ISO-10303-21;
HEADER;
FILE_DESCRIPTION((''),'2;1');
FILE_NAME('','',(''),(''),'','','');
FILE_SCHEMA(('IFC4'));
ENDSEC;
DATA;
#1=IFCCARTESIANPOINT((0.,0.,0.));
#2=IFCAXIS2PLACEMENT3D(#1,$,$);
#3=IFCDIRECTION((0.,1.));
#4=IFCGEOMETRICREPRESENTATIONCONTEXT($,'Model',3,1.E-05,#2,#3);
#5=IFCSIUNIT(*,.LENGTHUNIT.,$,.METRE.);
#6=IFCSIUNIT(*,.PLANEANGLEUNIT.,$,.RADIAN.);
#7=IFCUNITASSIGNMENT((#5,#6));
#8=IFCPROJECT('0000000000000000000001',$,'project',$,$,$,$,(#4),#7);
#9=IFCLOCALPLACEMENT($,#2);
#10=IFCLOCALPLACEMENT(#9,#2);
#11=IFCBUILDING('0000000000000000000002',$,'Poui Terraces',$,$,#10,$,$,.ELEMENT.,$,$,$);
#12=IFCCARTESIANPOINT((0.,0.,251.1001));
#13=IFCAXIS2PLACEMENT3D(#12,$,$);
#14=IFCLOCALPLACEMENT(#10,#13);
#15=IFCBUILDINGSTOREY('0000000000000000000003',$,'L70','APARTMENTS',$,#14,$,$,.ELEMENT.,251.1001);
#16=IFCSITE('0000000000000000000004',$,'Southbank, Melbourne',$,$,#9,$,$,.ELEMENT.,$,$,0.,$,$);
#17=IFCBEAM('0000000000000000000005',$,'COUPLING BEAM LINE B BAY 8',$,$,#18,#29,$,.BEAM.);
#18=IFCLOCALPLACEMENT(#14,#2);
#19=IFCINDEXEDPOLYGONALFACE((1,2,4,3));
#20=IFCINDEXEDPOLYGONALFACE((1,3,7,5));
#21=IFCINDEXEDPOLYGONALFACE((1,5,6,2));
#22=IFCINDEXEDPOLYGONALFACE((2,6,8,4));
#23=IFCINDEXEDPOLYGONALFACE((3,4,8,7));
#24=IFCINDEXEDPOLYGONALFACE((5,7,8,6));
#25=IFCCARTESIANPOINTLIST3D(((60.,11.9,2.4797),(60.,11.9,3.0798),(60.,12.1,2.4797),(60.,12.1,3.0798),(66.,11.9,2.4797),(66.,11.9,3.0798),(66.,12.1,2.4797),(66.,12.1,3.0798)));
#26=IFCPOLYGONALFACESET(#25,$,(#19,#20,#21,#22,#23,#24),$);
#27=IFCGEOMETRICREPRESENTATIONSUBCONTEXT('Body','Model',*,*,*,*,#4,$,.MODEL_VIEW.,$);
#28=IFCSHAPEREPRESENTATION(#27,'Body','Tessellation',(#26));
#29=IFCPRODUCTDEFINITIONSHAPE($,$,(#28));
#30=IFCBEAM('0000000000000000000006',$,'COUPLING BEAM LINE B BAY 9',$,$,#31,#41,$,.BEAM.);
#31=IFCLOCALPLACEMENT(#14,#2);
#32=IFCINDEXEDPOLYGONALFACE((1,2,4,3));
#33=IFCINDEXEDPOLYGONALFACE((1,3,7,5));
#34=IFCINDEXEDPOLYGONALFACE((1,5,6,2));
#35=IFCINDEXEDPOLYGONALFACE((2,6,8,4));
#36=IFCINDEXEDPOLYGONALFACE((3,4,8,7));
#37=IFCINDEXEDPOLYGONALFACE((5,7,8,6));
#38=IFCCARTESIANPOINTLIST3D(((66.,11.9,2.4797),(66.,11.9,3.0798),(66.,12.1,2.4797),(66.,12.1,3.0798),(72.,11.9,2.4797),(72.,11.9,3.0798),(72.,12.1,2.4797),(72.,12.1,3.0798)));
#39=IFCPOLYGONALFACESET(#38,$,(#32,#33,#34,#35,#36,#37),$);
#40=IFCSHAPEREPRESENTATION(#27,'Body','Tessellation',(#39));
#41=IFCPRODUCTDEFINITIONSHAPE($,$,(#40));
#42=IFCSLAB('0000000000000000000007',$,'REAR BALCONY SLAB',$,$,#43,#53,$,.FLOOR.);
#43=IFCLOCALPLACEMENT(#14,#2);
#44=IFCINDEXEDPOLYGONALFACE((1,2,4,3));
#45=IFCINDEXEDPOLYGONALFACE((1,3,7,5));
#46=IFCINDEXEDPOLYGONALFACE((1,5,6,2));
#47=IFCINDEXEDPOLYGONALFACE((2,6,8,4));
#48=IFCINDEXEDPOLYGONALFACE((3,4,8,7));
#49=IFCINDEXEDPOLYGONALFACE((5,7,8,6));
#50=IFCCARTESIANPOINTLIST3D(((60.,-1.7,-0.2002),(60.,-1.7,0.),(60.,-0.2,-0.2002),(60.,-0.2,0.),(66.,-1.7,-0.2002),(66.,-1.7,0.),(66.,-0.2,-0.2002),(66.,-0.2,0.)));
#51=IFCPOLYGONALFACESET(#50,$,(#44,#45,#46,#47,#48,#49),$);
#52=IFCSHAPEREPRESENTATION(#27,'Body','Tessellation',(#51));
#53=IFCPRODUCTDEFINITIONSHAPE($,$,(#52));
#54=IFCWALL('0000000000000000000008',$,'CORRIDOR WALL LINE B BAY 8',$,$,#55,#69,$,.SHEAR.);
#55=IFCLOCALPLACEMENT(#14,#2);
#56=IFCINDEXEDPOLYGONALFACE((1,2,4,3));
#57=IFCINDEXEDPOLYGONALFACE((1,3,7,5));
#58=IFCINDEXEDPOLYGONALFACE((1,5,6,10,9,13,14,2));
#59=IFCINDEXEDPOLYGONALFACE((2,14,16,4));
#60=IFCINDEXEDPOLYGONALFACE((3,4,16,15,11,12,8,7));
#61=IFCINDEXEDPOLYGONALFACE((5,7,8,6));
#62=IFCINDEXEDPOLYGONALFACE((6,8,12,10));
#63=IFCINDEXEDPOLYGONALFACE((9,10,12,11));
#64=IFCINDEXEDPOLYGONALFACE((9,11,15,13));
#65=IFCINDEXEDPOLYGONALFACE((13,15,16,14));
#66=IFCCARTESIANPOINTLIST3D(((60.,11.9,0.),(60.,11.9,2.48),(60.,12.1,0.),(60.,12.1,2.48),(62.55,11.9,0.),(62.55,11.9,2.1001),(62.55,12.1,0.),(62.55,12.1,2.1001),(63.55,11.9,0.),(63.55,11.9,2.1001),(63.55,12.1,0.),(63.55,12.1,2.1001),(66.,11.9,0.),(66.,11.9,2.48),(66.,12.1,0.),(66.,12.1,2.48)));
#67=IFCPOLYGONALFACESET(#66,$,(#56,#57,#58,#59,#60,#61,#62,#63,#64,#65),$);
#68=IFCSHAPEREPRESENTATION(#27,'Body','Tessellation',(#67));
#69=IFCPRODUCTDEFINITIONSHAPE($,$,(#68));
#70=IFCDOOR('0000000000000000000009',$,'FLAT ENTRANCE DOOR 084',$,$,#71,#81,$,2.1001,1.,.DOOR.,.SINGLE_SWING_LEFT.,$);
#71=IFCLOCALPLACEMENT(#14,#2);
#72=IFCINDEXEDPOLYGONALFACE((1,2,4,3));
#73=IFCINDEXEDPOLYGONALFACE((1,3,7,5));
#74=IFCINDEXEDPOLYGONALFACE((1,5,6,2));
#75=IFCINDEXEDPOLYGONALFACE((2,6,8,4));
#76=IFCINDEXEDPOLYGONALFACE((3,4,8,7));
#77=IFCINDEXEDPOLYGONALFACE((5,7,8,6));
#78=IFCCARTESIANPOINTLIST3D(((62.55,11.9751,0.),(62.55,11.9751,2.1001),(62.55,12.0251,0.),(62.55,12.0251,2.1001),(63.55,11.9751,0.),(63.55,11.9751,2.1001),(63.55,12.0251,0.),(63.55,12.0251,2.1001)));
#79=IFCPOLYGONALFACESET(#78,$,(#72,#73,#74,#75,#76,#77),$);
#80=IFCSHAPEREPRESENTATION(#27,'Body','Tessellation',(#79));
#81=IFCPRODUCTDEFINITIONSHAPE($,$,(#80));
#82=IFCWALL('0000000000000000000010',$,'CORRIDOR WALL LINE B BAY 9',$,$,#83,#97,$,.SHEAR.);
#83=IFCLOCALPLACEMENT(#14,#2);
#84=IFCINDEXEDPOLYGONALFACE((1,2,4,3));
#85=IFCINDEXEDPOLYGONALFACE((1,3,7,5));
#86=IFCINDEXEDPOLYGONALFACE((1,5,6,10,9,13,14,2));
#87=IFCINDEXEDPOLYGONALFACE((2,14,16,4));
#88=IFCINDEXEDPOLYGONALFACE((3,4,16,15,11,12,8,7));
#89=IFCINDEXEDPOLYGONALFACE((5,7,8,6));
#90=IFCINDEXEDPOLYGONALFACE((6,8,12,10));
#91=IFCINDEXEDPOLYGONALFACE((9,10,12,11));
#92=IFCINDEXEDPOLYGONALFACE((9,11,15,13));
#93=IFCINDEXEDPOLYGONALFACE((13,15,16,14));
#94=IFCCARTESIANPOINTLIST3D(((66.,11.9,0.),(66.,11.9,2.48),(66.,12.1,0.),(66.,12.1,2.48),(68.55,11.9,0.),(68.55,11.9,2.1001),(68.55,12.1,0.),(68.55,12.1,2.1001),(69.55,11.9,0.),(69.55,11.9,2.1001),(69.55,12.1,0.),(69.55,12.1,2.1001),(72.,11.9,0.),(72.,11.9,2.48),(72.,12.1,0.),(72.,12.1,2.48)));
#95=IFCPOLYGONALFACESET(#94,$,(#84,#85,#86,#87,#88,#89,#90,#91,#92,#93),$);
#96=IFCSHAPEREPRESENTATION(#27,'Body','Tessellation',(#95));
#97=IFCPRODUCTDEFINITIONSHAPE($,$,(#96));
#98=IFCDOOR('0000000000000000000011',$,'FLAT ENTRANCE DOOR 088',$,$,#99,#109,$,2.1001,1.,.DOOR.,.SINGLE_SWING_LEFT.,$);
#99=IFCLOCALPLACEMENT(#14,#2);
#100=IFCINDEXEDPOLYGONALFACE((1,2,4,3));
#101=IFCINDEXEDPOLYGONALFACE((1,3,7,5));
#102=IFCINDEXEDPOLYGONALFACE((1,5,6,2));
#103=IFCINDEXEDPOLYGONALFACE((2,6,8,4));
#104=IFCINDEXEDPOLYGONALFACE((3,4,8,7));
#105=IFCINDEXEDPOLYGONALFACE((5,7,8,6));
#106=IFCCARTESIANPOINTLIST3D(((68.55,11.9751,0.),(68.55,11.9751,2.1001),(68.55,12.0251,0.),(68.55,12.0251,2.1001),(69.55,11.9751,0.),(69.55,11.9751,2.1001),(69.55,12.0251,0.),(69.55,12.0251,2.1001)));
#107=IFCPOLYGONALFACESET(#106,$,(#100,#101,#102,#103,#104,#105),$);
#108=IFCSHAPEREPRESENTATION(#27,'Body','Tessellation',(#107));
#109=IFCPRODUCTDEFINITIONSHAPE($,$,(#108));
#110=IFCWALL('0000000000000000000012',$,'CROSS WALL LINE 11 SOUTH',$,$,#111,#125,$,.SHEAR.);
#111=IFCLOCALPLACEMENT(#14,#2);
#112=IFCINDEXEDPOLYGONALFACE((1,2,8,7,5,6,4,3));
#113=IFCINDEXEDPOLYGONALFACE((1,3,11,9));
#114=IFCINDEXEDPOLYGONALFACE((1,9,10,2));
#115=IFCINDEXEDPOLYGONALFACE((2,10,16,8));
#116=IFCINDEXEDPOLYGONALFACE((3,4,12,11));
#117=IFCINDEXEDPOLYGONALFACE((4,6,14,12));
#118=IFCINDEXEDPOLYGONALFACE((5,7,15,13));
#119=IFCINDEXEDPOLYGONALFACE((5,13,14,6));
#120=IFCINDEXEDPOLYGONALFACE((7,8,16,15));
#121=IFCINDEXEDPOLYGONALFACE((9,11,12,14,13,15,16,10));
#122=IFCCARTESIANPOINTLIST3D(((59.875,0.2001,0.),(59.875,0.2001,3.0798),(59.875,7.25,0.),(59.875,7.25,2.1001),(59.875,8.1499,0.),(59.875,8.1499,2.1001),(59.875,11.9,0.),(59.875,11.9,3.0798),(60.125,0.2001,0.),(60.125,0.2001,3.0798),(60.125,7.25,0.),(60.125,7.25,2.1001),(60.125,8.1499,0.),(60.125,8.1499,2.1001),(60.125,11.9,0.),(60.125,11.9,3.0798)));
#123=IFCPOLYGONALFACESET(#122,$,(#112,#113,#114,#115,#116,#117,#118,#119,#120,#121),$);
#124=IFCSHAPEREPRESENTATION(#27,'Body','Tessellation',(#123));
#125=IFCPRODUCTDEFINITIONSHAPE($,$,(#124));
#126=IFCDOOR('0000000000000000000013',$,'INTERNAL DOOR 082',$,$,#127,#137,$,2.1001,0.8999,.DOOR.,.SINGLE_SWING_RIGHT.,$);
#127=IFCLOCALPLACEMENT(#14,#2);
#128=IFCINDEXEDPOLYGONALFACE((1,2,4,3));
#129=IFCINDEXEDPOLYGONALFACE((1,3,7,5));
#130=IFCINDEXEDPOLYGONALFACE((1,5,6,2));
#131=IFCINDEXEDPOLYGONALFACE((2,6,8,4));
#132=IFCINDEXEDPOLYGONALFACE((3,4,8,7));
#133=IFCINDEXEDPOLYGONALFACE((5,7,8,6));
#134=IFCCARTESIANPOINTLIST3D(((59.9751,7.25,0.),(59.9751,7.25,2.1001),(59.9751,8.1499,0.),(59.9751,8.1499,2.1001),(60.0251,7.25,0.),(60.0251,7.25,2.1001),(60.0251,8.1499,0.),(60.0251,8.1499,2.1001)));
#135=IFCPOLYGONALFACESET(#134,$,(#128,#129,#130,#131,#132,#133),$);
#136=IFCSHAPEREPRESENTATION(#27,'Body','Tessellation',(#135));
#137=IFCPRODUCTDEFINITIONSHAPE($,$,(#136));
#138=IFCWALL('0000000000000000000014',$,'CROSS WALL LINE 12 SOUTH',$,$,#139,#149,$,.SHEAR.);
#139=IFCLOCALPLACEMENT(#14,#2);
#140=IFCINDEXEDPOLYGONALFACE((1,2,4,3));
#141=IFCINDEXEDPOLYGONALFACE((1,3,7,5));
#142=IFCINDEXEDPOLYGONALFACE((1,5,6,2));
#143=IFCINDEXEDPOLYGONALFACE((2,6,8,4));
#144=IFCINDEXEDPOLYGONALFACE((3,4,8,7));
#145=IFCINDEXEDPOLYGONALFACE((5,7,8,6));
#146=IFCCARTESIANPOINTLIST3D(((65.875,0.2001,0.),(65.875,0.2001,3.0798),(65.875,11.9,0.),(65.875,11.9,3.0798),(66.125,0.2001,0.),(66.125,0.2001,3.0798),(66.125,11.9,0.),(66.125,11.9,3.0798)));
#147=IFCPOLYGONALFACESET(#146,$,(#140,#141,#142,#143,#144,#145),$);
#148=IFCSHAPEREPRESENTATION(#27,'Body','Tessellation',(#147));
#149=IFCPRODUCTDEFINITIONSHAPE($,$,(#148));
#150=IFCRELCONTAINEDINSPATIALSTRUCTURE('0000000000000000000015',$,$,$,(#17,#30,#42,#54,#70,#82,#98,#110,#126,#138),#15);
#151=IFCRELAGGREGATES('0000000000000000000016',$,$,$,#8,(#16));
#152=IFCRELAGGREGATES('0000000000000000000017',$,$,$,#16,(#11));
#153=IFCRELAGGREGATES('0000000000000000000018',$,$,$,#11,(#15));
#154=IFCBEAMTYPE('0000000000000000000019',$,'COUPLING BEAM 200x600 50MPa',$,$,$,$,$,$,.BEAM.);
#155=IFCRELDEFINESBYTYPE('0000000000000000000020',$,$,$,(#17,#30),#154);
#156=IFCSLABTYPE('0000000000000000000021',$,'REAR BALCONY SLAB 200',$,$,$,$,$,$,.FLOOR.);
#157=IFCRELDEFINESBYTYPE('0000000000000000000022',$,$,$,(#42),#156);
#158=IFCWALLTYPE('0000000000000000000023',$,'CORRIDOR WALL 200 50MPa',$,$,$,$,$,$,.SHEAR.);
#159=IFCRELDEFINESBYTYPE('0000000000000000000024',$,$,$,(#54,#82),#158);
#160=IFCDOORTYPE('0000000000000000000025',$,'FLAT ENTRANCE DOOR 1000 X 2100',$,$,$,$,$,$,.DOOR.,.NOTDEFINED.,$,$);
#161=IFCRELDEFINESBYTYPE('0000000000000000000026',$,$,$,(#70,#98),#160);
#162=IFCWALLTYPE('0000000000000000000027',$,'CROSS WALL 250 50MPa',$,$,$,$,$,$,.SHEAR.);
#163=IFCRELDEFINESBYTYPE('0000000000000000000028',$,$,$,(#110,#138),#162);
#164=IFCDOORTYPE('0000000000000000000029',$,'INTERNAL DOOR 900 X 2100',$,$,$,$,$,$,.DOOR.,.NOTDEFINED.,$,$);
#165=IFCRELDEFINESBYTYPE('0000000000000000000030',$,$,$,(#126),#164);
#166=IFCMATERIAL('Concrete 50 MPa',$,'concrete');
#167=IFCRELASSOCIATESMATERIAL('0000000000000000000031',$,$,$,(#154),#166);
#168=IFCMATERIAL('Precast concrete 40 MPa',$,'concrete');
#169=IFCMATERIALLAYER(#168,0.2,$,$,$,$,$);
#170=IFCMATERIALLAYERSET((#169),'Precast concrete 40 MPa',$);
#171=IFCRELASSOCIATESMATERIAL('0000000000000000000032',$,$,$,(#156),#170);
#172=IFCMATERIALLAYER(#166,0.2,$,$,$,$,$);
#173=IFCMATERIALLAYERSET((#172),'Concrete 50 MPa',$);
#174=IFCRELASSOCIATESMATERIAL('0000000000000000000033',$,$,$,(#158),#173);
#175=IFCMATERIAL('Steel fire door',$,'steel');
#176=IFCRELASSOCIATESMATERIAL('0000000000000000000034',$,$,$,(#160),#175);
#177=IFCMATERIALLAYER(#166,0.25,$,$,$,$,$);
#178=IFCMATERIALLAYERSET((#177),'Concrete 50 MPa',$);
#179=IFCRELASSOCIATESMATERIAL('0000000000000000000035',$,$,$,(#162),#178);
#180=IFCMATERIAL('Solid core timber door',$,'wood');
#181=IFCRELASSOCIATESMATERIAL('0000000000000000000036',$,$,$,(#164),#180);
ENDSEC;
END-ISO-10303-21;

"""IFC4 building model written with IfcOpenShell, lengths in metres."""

from ifc_helpers import new_model, si_unit, direction, frame, frame_2d, origin, origin_2d, place, context, subcontext, project, spatial, polyline, rectangle, outline, extrude, source, transform, mapped, material, layer, layer_set, material_profile, profile_set, type_object, element, fill, save


model = new_model("IFC4")

# Units and contexts
model_context = context("Model", 3, precision=1e-05, world=origin(), true_north=direction((0.0, 1.0)))
body_context = subcontext(model_context, "Body", "Model", "MODEL_VIEW")
ifc_project = project(units=[si_unit("LENGTHUNIT", "METRE"), si_unit("PLANEANGLEUNIT", "RADIAN")], contexts=[model_context])

# Site, building, storey
site_placement = place(None, origin())
site = spatial("IfcSite", under=ifc_project, at=site_placement, Name="Southbank, Melbourne", CompositionType="ELEMENT", RefElevation=0.0)
building_placement = place(site_placement, origin())
building = spatial("IfcBuilding", under=site, at=building_placement, Name="Poui Terraces", CompositionType="ELEMENT")
storey_placement = place(building_placement, frame((0.0, 0.0, 251.1001)))
storey = spatial("IfcBuildingStorey", under=building, at=storey_placement, Name="L70", Description="APARTMENTS", CompositionType="ELEMENT", Elevation=251.1001)

# Beams
ifc_material_1 = material(Name="Concrete 50 MPa", Category="concrete")
ifc_material_profile_1 = material_profile(ifc_material_1, rectangle(XDim=0.2, YDim=0.6001, at=origin_2d()), Name="RC 200x600")
ifc_profile_set_1 = profile_set([ifc_material_profile_1], Name="Concrete 50 MPa")
beam_type = type_object("IfcBeamType", Name="COUPLING BEAM 200x600 50MPa", PredefinedType="BEAM", material=ifc_profile_set_1)
shared_shape_1 = source(origin(), body_context, "Body", "SweptSolid", [
    extrude(rectangle(XDim=0.2, YDim=0.6001, at=origin_2d()), origin(), (0.0, 0.0, 1.0), 6.0),
])
for number, where, z_axis, x_axis, name in (
    (1, (60.0, 12.0, 2.7798), (1.0, 0.0, 0.0), (0.0, 1.0, 0.0), "COUPLING BEAM LINE B BAY 8"),
    (2, (66.0, 12.0, 2.7798), (1.0, 0.0, 0.0), (0.0, 1.0, 0.0), "COUPLING BEAM LINE B BAY 9"),
):
    element("IfcBeam", number, at=place(storey_placement, frame(where, z_axis=z_axis, x_axis=x_axis)), inside=storey, type_object=beam_type, Name=name, PredefinedType="BEAM", context=body_context, shape_type="MappedRepresentation", body=[
        mapped(shared_shape_1, transform((0.0, 0.0, 0.0))),
    ])

# Slab
ifc_material_2 = material(Name="Precast concrete 40 MPa", Category="concrete")
ifc_layer_1 = layer(ifc_material_2, 0.2)
ifc_layer_set_1 = layer_set([ifc_layer_1], Name="Precast concrete 40 MPa")
slab_type = type_object("IfcSlabType", Name="REAR BALCONY SLAB 200", PredefinedType="FLOOR", material=ifc_layer_set_1)
shared_shape_2 = source(origin(), body_context, "Body", "SweptSolid", [
    extrude(outline(polyline([(0.0, 0.0), (6.0, 0.0), (6.0, 1.5), (0.0, 1.5), (0.0, 0.0)])), origin(), (0.0, 0.0, 1.0), 0.2002),
])
slab_placement = place(storey_placement, frame((60.0, -1.7, -0.2002)))
element("IfcSlab", 3, at=slab_placement, inside=storey, type_object=slab_type, Name="REAR BALCONY SLAB", PredefinedType="FLOOR", context=body_context, shape_type="MappedRepresentation", body=[
    mapped(shared_shape_2, transform((0.0, 0.0, 0.0))),
])

# Walls, openings, doors
ifc_layer_2 = layer(ifc_material_1, 0.2)
ifc_layer_set_2 = layer_set([ifc_layer_2], Name="Concrete 50 MPa")
wall_type_1 = type_object("IfcWallType", Name="CORRIDOR WALL 200 50MPa", PredefinedType="SHEAR", material=ifc_layer_set_2)
wall_1_placement = place(storey_placement, frame((60.0, 12.0, 0.0), z_axis=(0.0, 0.0, 1.0), x_axis=(1.0, 0.0, 0.0)))
wall_1 = element("IfcWall", 4, at=wall_1_placement, inside=storey, type_object=wall_type_1, Name="CORRIDOR WALL LINE B BAY 8", PredefinedType="SHEAR", context=body_context, shape_type="SweptSolid", body=[
    extrude(rectangle(XDim=6.0, YDim=0.2, at=frame_2d((3.0, 0.0))), origin(), (0.0, 0.0, 1.0), 2.48),
])
opening_1_placement = place(wall_1_placement, frame((2.55, 0.0, 0.0)))
opening_1 = element("IfcOpeningElement", 5, at=opening_1_placement, cuts=wall_1, PredefinedType="OPENING", context=body_context, shape_type="SweptSolid", body=[
    extrude(rectangle(XDim=1.0, YDim=2.1001, at=frame_2d((0.5, 1.05))), frame((0.0, 0.1099, 0.0), z_axis=(0.0, -1.0, 0.0), x_axis=(1.0, 0.0, 0.0)), (0.0, 0.0, 1.0), 0.22),
])
ifc_material_3 = material(Name="Steel fire door", Category="steel")
door_type_1 = type_object("IfcDoorType", Name="FLAT ENTRANCE DOOR 1000 X 2100", OperationType="NOTDEFINED", PredefinedType="DOOR", material=ifc_material_3)
door_1_placement = place(opening_1_placement, frame((1.0, 0.0, 0.0), z_axis=(0.0, 0.0, 1.0), x_axis=(-1.0, 0.0, 0.0)))
door_1 = element("IfcDoor", 6, at=door_1_placement, inside=storey, type_object=door_type_1, Name="FLAT ENTRANCE DOOR 084", OperationType="SINGLE_SWING_LEFT", OverallHeight=2.1001, OverallWidth=1.0, PredefinedType="DOOR", context=body_context, shape_type="SweptSolid", body=[
    extrude(rectangle(XDim=1.0, YDim=2.1001, at=frame_2d((0.5, 1.05))), frame((0.0, 0.0249, 0.0), z_axis=(0.0, -1.0, 0.0), x_axis=(1.0, 0.0, 0.0)), (0.0, 0.0, 1.0), 0.05),
])
fill(opening_1, door_1)
wall_2_placement = place(storey_placement, frame((66.0, 12.0, 0.0), z_axis=(0.0, 0.0, 1.0), x_axis=(1.0, 0.0, 0.0)))
wall_2 = element("IfcWall", 7, at=wall_2_placement, inside=storey, type_object=wall_type_1, Name="CORRIDOR WALL LINE B BAY 9", PredefinedType="SHEAR", context=body_context, shape_type="SweptSolid", body=[
    extrude(rectangle(XDim=6.0, YDim=0.2, at=frame_2d((3.0, 0.0))), origin(), (0.0, 0.0, 1.0), 2.48),
])
opening_2_placement = place(wall_2_placement, frame((2.55, 0.0, 0.0)))
opening_2 = element("IfcOpeningElement", 8, at=opening_2_placement, cuts=wall_2, PredefinedType="OPENING", context=body_context, shape_type="SweptSolid", body=[
    extrude(rectangle(XDim=1.0, YDim=2.1001, at=frame_2d((0.5, 1.05))), frame((0.0, 0.1099, 0.0), z_axis=(0.0, -1.0, 0.0), x_axis=(1.0, 0.0, 0.0)), (0.0, 0.0, 1.0), 0.22),
])
door_2_placement = place(opening_2_placement, frame((1.0, 0.0, 0.0), z_axis=(0.0, 0.0, 1.0), x_axis=(-1.0, 0.0, 0.0)))
door_2 = element("IfcDoor", 9, at=door_2_placement, inside=storey, type_object=door_type_1, Name="FLAT ENTRANCE DOOR 088", OperationType="SINGLE_SWING_LEFT", OverallHeight=2.1001, OverallWidth=1.0, PredefinedType="DOOR", context=body_context, shape_type="SweptSolid", body=[
    extrude(rectangle(XDim=1.0, YDim=2.1001, at=frame_2d((0.5, 1.05))), frame((0.0, 0.0249, 0.0), z_axis=(0.0, -1.0, 0.0), x_axis=(1.0, 0.0, 0.0)), (0.0, 0.0, 1.0), 0.05),
])
fill(opening_2, door_2)
ifc_layer_3 = layer(ifc_material_1, 0.25)
ifc_layer_set_3 = layer_set([ifc_layer_3], Name="Concrete 50 MPa")
wall_type_2 = type_object("IfcWallType", Name="CROSS WALL 250 50MPa", PredefinedType="SHEAR", material=ifc_layer_set_3)
wall_3_placement = place(storey_placement, frame((60.0, 0.2, 0.0), z_axis=(0.0, 0.0, 1.0), x_axis=(0.0, 1.0, 0.0)))
wall_3 = element("IfcWall", 10, at=wall_3_placement, inside=storey, type_object=wall_type_2, Name="CROSS WALL LINE 11 SOUTH", PredefinedType="SHEAR", context=body_context, shape_type="SweptSolid", body=[
    extrude(rectangle(XDim=11.7, YDim=0.25, at=frame_2d((5.8501, 0.0))), origin(), (0.0, 0.0, 1.0), 3.0798),
])
opening_3_placement = place(wall_3_placement, frame((7.05, 0.0, 0.0)))
opening_3 = element("IfcOpeningElement", 11, at=opening_3_placement, cuts=wall_3, PredefinedType="OPENING", context=body_context, shape_type="SweptSolid", body=[
    extrude(rectangle(XDim=0.8999, YDim=2.1001, at=frame_2d((0.45, 1.05))), frame((0.0, 0.135, 0.0), z_axis=(0.0, -1.0, 0.0), x_axis=(1.0, 0.0, 0.0)), (0.0, 0.0, 1.0), 0.27),
])
ifc_material_4 = material(Name="Solid core timber door", Category="wood")
door_type_2 = type_object("IfcDoorType", Name="INTERNAL DOOR 900 X 2100", OperationType="NOTDEFINED", PredefinedType="DOOR", material=ifc_material_4)
door_3_placement = place(opening_3_placement, origin())
door_3 = element("IfcDoor", 12, at=door_3_placement, inside=storey, type_object=door_type_2, Name="INTERNAL DOOR 082", OperationType="SINGLE_SWING_RIGHT", OverallHeight=2.1001, OverallWidth=0.8999, PredefinedType="DOOR", context=body_context, shape_type="SweptSolid", body=[
    extrude(rectangle(XDim=0.8999, YDim=2.1001, at=frame_2d((0.45, 1.05))), frame((0.0, 0.0249, 0.0), z_axis=(0.0, -1.0, 0.0), x_axis=(1.0, 0.0, 0.0)), (0.0, 0.0, 1.0), 0.05),
])
fill(opening_3, door_3)

# Wall
wall_4_placement = place(storey_placement, frame((66.0, 0.2, 0.0), z_axis=(0.0, 0.0, 1.0), x_axis=(0.0, 1.0, 0.0)))
element("IfcWall", 13, at=wall_4_placement, inside=storey, type_object=wall_type_2, Name="CROSS WALL LINE 12 SOUTH", PredefinedType="SHEAR", context=body_context, shape_type="SweptSolid", body=[
    extrude(rectangle(XDim=11.7, YDim=0.25, at=frame_2d((5.8501, 0.0))), origin(), (0.0, 0.0, 1.0), 3.0798),
])

save(model, "model.ifc")
